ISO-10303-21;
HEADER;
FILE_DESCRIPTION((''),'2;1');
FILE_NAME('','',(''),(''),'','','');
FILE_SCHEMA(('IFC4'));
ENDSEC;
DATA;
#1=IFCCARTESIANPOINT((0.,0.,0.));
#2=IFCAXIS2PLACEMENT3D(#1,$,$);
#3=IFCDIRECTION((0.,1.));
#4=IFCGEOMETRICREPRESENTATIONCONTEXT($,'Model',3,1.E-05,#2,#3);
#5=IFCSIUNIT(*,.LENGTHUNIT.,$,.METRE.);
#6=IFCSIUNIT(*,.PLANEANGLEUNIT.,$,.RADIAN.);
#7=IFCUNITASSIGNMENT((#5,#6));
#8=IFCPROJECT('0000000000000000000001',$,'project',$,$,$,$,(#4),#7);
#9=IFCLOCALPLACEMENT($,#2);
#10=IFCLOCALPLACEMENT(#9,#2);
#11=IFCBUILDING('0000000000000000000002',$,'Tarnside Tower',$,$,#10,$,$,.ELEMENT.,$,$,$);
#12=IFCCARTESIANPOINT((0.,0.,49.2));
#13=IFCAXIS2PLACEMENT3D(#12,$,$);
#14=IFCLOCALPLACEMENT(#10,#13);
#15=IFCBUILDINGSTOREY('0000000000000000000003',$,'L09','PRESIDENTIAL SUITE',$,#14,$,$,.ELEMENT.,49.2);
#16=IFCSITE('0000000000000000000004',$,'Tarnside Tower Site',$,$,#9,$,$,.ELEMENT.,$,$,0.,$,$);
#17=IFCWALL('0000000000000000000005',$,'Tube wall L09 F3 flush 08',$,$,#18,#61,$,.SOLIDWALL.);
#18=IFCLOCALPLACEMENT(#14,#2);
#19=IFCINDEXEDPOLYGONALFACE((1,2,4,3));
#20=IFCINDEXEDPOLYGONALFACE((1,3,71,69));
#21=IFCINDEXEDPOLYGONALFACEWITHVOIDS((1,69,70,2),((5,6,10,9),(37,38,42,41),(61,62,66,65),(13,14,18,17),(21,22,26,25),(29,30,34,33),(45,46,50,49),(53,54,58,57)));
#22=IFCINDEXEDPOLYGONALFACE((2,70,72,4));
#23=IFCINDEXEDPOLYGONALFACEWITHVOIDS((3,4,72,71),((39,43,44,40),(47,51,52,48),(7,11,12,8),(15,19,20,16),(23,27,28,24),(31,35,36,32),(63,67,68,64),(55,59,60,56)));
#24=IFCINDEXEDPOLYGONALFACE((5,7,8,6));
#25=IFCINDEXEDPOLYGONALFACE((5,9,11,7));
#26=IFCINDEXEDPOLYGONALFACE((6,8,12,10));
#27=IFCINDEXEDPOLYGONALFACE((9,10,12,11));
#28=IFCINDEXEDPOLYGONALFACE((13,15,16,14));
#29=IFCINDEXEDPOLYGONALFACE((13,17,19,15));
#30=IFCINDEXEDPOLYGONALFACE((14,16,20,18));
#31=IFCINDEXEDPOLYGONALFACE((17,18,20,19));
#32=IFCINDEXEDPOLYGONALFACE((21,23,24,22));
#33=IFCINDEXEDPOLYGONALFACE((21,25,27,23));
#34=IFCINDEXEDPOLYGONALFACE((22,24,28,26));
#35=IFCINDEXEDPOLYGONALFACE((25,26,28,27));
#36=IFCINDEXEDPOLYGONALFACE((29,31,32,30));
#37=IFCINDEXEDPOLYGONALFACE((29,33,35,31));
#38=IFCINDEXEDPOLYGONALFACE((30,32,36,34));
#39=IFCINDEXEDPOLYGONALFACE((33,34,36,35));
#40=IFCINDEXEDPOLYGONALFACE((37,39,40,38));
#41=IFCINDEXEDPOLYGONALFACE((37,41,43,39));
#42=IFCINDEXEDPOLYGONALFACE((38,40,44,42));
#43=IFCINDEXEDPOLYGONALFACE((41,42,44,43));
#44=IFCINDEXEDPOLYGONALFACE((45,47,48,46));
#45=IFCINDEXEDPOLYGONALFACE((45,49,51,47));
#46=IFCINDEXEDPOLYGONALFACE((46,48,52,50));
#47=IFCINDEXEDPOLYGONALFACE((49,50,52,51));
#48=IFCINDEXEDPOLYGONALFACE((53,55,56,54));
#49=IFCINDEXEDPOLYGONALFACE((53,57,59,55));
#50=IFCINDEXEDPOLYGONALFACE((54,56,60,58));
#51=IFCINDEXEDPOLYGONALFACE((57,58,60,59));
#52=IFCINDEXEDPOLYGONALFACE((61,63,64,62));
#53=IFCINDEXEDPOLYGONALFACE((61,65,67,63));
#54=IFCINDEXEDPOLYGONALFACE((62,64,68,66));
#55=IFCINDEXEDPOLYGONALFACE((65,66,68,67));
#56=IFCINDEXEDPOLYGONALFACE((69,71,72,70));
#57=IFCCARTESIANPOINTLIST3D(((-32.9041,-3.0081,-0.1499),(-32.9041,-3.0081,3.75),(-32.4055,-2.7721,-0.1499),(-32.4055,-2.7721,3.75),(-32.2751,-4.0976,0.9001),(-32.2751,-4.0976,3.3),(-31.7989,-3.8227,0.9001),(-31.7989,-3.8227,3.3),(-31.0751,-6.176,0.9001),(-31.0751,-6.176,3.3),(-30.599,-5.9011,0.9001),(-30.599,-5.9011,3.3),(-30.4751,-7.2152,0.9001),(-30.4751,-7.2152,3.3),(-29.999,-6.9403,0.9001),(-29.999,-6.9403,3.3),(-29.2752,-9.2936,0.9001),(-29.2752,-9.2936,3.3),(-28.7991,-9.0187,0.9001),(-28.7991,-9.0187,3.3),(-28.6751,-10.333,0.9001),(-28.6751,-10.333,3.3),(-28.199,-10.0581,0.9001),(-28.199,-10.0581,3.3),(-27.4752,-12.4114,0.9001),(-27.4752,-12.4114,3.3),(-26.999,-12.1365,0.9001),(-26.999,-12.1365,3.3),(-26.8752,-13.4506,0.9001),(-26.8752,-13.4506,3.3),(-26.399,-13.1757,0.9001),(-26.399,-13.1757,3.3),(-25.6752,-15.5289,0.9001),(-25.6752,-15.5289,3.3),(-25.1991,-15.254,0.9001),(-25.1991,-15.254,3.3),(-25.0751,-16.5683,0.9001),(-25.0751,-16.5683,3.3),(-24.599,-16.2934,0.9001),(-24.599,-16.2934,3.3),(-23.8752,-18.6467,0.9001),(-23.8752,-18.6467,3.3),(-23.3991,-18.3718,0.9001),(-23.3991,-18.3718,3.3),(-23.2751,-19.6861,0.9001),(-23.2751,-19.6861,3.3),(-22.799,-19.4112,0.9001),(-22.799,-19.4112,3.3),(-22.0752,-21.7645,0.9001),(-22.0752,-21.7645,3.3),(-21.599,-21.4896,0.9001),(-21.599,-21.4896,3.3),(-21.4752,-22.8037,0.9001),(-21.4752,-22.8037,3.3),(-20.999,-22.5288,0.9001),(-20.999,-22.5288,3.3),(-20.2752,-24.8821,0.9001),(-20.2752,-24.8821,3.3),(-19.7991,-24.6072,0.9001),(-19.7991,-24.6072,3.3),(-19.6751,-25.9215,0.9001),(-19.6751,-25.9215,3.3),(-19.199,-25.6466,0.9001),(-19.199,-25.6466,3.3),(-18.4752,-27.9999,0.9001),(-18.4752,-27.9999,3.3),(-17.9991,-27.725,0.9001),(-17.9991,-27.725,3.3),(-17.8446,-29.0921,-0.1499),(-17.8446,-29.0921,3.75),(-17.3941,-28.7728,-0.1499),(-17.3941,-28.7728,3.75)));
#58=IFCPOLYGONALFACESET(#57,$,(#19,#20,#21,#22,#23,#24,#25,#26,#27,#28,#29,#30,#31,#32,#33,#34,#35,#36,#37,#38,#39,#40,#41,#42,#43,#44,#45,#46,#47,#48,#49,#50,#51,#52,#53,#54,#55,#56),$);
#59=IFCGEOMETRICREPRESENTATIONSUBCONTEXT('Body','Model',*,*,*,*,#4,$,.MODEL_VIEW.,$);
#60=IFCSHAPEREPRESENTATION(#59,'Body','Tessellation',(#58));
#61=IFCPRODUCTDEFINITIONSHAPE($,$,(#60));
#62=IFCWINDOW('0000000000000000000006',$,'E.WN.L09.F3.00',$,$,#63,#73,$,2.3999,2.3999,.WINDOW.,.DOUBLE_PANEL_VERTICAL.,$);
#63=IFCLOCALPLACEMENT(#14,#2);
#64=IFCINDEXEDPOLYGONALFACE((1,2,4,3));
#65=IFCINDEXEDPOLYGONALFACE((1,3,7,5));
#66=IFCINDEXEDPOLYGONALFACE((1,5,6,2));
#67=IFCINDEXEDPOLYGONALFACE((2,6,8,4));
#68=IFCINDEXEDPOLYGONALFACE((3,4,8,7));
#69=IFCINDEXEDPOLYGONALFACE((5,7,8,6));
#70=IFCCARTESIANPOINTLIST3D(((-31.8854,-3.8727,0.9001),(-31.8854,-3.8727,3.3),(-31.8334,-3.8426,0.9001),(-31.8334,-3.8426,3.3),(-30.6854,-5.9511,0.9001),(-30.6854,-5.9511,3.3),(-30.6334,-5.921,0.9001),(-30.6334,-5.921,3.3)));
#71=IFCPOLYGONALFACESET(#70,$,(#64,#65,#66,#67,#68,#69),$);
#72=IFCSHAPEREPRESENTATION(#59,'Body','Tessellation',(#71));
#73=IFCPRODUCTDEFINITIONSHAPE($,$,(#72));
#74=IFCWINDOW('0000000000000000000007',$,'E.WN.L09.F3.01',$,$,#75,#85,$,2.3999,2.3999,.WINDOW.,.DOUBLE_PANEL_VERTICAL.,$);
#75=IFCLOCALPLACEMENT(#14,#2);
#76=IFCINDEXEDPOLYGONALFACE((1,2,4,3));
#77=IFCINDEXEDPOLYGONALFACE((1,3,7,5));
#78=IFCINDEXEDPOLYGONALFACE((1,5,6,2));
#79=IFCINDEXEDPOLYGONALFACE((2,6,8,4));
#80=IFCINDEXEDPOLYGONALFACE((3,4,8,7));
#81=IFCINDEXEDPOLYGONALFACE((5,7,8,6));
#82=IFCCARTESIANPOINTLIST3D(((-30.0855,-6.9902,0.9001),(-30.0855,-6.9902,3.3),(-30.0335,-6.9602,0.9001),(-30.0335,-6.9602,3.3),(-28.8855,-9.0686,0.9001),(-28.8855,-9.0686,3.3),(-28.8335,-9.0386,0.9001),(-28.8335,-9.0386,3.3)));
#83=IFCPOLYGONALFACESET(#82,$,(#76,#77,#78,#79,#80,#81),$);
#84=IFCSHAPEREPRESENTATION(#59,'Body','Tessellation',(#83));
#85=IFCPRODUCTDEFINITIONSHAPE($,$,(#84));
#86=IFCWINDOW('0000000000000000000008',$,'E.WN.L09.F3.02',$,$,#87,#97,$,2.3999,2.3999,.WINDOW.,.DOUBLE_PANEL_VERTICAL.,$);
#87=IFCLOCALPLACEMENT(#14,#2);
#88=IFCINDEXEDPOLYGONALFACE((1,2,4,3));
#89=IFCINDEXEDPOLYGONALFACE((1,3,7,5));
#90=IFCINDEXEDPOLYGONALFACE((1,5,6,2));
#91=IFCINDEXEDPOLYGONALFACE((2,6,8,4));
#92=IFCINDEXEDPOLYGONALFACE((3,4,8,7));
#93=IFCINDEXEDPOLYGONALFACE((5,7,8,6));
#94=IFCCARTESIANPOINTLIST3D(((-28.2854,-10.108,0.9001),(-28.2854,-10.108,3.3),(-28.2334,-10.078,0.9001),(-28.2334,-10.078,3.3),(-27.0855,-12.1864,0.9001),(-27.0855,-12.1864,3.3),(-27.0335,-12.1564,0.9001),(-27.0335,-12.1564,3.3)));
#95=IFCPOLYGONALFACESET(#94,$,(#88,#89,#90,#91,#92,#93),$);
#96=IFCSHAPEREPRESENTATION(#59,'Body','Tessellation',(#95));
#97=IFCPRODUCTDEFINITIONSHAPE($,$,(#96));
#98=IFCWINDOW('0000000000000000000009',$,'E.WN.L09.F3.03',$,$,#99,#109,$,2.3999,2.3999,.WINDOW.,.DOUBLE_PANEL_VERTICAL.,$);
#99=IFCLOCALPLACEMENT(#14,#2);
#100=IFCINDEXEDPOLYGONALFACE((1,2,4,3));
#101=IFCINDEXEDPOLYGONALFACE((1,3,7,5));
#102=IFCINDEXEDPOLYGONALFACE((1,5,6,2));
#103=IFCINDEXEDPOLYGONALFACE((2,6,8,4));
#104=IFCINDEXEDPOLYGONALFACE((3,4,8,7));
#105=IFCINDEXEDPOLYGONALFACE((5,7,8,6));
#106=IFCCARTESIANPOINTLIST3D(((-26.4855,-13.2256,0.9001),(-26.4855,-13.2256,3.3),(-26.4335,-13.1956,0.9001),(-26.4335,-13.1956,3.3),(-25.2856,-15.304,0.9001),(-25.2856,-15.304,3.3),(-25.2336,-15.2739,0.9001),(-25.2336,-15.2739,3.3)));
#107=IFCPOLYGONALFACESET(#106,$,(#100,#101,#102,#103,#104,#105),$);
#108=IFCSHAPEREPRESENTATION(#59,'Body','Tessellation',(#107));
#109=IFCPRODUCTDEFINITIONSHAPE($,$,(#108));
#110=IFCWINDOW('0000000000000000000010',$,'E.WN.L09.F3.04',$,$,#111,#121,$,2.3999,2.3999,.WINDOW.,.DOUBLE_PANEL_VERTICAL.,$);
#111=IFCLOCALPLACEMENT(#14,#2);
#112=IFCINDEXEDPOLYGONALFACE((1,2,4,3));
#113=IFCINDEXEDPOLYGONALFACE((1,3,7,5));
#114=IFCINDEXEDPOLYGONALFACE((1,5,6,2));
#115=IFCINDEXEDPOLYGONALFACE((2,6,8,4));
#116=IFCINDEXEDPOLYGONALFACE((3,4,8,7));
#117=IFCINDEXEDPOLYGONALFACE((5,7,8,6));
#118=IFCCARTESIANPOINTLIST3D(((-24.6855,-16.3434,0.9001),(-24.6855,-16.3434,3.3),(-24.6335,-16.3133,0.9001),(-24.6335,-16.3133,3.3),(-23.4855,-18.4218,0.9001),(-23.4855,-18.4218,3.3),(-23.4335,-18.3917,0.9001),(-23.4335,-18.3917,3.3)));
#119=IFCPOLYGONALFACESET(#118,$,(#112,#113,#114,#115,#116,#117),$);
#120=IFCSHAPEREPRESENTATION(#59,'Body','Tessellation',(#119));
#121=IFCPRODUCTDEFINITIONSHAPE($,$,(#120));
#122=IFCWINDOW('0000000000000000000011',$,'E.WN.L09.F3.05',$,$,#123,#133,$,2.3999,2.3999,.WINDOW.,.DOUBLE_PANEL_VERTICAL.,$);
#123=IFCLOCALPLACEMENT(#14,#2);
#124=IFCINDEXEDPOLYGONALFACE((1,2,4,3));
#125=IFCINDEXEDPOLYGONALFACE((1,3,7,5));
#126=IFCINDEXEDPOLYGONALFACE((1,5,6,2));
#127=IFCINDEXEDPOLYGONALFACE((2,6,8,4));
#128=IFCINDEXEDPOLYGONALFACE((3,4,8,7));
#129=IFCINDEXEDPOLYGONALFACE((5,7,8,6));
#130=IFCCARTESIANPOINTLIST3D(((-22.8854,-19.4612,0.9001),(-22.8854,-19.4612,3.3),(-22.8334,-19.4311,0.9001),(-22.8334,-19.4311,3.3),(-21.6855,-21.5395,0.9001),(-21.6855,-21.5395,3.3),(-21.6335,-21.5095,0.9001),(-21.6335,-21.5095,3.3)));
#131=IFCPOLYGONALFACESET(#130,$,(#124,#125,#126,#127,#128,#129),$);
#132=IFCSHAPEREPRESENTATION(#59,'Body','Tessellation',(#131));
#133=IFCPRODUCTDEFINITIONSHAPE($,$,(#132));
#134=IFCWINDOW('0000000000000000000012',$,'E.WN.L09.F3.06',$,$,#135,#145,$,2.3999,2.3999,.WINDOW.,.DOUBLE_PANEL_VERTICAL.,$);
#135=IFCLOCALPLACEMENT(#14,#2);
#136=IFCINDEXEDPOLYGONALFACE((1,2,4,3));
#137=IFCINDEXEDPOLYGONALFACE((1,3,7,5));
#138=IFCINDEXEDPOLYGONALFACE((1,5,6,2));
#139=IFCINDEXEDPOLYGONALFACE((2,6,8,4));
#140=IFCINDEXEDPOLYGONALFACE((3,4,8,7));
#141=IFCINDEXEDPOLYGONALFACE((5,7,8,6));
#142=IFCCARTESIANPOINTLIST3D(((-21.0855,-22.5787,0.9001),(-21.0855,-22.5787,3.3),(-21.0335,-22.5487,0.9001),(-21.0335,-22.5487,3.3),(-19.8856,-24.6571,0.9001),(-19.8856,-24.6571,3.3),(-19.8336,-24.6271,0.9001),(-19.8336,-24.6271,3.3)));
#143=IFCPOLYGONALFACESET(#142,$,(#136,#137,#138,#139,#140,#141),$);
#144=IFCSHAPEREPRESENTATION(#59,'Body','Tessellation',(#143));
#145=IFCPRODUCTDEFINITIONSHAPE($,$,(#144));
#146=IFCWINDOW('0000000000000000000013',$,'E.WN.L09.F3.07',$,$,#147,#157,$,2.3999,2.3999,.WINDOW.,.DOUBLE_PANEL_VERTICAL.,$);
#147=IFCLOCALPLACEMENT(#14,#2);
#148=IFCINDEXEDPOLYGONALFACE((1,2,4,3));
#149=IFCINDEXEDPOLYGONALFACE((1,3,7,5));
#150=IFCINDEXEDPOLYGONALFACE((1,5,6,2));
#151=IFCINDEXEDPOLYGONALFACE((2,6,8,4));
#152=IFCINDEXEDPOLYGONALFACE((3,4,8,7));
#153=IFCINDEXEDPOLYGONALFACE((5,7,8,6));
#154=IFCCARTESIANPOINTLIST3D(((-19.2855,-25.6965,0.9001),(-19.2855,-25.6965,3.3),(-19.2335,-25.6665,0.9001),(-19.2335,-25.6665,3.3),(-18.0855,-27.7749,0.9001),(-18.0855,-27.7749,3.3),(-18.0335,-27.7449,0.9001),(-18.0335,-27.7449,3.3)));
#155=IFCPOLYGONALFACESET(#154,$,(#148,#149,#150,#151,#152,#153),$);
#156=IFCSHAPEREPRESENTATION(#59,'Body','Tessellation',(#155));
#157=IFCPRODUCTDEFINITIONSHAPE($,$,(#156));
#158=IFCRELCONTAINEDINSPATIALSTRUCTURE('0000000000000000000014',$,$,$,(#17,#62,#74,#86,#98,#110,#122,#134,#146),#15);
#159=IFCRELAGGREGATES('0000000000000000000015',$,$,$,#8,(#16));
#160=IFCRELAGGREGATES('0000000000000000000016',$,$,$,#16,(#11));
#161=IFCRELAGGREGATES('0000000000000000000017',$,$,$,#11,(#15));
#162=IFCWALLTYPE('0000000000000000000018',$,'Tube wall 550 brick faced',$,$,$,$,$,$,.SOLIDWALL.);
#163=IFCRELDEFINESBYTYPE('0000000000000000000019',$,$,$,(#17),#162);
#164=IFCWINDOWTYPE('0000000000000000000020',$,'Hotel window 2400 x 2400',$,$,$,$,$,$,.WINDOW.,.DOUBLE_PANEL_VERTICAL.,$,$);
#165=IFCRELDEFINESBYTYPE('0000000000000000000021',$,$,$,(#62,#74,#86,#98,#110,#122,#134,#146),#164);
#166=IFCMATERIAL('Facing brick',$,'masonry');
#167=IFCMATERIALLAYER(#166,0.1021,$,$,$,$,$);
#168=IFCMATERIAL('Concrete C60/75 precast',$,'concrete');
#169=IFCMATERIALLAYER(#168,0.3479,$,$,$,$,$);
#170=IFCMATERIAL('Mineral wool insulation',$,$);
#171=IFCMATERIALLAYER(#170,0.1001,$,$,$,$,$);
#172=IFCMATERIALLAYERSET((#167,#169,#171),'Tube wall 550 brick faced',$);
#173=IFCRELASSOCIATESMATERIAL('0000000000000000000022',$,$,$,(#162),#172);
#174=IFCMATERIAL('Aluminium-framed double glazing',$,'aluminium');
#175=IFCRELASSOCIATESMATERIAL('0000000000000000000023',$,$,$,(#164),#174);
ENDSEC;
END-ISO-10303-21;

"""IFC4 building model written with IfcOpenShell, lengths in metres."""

from ifc_helpers import new_model, si_unit, direction, frame, frame_2d, origin, place, context, subcontext, project, spatial, polyline, rectangle, outline, extrude, material, layer, layer_set, type_object, element, fill, save


model = new_model("IFC4")

# Units and contexts
model_context = context("Model", 3, precision=1e-05, world=origin(), true_north=direction((0.0, 1.0)))
body_context = subcontext(model_context, "Body", "Model", "MODEL_VIEW")
ifc_project = project(units=[si_unit("LENGTHUNIT", "METRE"), si_unit("PLANEANGLEUNIT", "RADIAN")], contexts=[model_context])

# Site, building, storey
site_placement = place(None, origin())
site = spatial("IfcSite", under=ifc_project, at=site_placement, Name="Tarnside Tower Site", CompositionType="ELEMENT", RefElevation=0.0)
building_placement = place(site_placement, origin())
building = spatial("IfcBuilding", under=site, at=building_placement, Name="Tarnside Tower", CompositionType="ELEMENT")
storey_placement = place(building_placement, frame((0.0, 0.0, 49.2)))
storey = spatial("IfcBuildingStorey", under=building, at=storey_placement, Name="L09", Description="PRESIDENTIAL SUITE", CompositionType="ELEMENT", Elevation=49.2)

# Shared definitions
ifc_material_1 = material(Name="Facing brick", Category="masonry")
ifc_layer_1 = layer(ifc_material_1, 0.1021)
ifc_material_2 = material(Name="Concrete C60/75 precast", Category="concrete")
ifc_layer_2 = layer(ifc_material_2, 0.3479)
ifc_material_3 = material(Name="Mineral wool insulation")
ifc_layer_3 = layer(ifc_material_3, 0.1001)
ifc_layer_set_1 = layer_set([ifc_layer_1, ifc_layer_2, ifc_layer_3], Name="Tube wall 550 brick faced")
wall_type = type_object("IfcWallType", Name="Tube wall 550 brick faced", PredefinedType="SOLIDWALL", material=ifc_layer_set_1)

# Wall, openings, windows
wall_1_placement = place(storey_placement, frame((-32.6548, -2.8901, -0.1499), z_axis=(0.0, 0.0, 1.0), x_axis=(0.499998, -0.866027, 0.0)))
wall_1 = element("IfcWall", 1, at=wall_1_placement, inside=storey, type_object=wall_type, Name="Tube wall L09 F3 flush 08", PredefinedType="SOLIDWALL", context=body_context, shape_type="SweptSolid", body=[
    extrude(outline(polyline([(-0.0225, -0.2749), (30.0967, -0.2749), (30.0454, 0.2749), (0.0225, 0.2749), (-0.0225, -0.2749)])), origin(), (0.0, 0.0, 1.0), 3.8999),
])
opening_1_placement = place(wall_1_placement, frame((1.2356, 0.0, 1.05)))
opening_1 = element("IfcOpeningElement", 2, at=opening_1_placement, cuts=wall_1, PredefinedType="OPENING", context=body_context, shape_type="SweptSolid", body=[
    extrude(rectangle(XDim=2.3999, YDim=2.3999, at=frame_2d((1.2, 1.2))), frame((0.0, 0.2852, 0.0), z_axis=(0.0, -1.0, 0.0), x_axis=(1.0, 0.0, 0.0)), (0.0, 0.0, 1.0), 0.5701),
])
opening_2_placement = place(wall_1_placement, frame((4.8354, 0.0, 1.05)))
opening_2 = element("IfcOpeningElement", 3, at=opening_2_placement, cuts=wall_1, PredefinedType="OPENING", context=body_context, shape_type="SweptSolid", body=[
    extrude(rectangle(XDim=2.3999, YDim=2.3999, at=frame_2d((1.2, 1.2))), frame((0.0, 0.2852, 0.0), z_axis=(0.0, -1.0, 0.0), x_axis=(1.0, 0.0, 0.0)), (0.0, 0.0, 1.0), 0.5701),
])
opening_3_placement = place(wall_1_placement, frame((8.4355, 0.0, 1.05)))
opening_3 = element("IfcOpeningElement", 4, at=opening_3_placement, cuts=wall_1, PredefinedType="OPENING", context=body_context, shape_type="SweptSolid", body=[
    extrude(rectangle(XDim=2.3999, YDim=2.3999, at=frame_2d((1.2, 1.2))), frame((0.0, 0.2852, 0.0), z_axis=(0.0, -1.0, 0.0), x_axis=(1.0, 0.0, 0.0)), (0.0, 0.0, 1.0), 0.5701),
])
opening_4_placement = place(wall_1_placement, frame((12.0354, 0.0, 1.05)))
opening_4 = element("IfcOpeningElement", 5, at=opening_4_placement, cuts=wall_1, PredefinedType="OPENING", context=body_context, shape_type="SweptSolid", body=[
    extrude(rectangle(XDim=2.3999, YDim=2.3999, at=frame_2d((1.2, 1.2))), frame((0.0, 0.2852, 0.0), z_axis=(0.0, -1.0, 0.0), x_axis=(1.0, 0.0, 0.0)), (0.0, 0.0, 1.0), 0.5701),
])
opening_5_placement = place(wall_1_placement, frame((15.6355, 0.0, 1.05)))
opening_5 = element("IfcOpeningElement", 6, at=opening_5_placement, cuts=wall_1, PredefinedType="OPENING", context=body_context, shape_type="SweptSolid", body=[
    extrude(rectangle(XDim=2.3999, YDim=2.3999, at=frame_2d((1.2, 1.2))), frame((0.0, 0.2852, 0.0), z_axis=(0.0, -1.0, 0.0), x_axis=(1.0, 0.0, 0.0)), (0.0, 0.0, 1.0), 0.5701),
])
opening_6_placement = place(wall_1_placement, frame((19.2356, 0.0, 1.05)))
opening_6 = element("IfcOpeningElement", 7, at=opening_6_placement, cuts=wall_1, PredefinedType="OPENING", context=body_context, shape_type="SweptSolid", body=[
    extrude(rectangle(XDim=2.3999, YDim=2.3999, at=frame_2d((1.2, 1.2))), frame((0.0, 0.2852, 0.0), z_axis=(0.0, -1.0, 0.0), x_axis=(1.0, 0.0, 0.0)), (0.0, 0.0, 1.0), 0.5701),
])
opening_7_placement = place(wall_1_placement, frame((22.8354, 0.0, 1.05)))
opening_7 = element("IfcOpeningElement", 8, at=opening_7_placement, cuts=wall_1, PredefinedType="OPENING", context=body_context, shape_type="SweptSolid", body=[
    extrude(rectangle(XDim=2.3999, YDim=2.3999, at=frame_2d((1.2, 1.2))), frame((0.0, 0.2852, 0.0), z_axis=(0.0, -1.0, 0.0), x_axis=(1.0, 0.0, 0.0)), (0.0, 0.0, 1.0), 0.5701),
])
opening_8_placement = place(wall_1_placement, frame((26.4355, 0.0, 1.05)))
opening_8 = element("IfcOpeningElement", 9, at=opening_8_placement, cuts=wall_1, PredefinedType="OPENING", context=body_context, shape_type="SweptSolid", body=[
    extrude(rectangle(XDim=2.3999, YDim=2.3999, at=frame_2d((1.2, 1.2))), frame((0.0, 0.2852, 0.0), z_axis=(0.0, -1.0, 0.0), x_axis=(1.0, 0.0, 0.0)), (0.0, 0.0, 1.0), 0.5701),
])
ifc_material_4 = material(Name="Aluminium-framed double glazing", Category="aluminium")
window_type = type_object("IfcWindowType", Name="Hotel window 2400 x 2400", PartitioningType="DOUBLE_PANEL_VERTICAL", PredefinedType="WINDOW", material=ifc_material_4)
window_1_placement = place(opening_1_placement, frame((0.0, 0.2051, 0.0)))
window_1 = element("IfcWindow", 10, at=window_1_placement, inside=storey, type_object=window_type, Name="E.WN.L09.F3.00", OverallHeight=2.3999, OverallWidth=2.3999, PartitioningType="DOUBLE_PANEL_VERTICAL", PredefinedType="WINDOW", context=body_context, shape_type="SweptSolid", body=[
    extrude(rectangle(XDim=2.3999, YDim=2.3999, at=frame_2d((1.2, 1.2))), frame((0.0, 0.03, 0.0), z_axis=(0.0, -1.0, 0.0), x_axis=(1.0, 0.0, 0.0)), (0.0, 0.0, 1.0), 0.0601),
])
fill(opening_1, window_1)
window_2_placement = place(opening_2_placement, frame((0.0, 0.2051, 0.0)))
window_2 = element("IfcWindow", 11, at=window_2_placement, inside=storey, type_object=window_type, Name="E.WN.L09.F3.01", OverallHeight=2.3999, OverallWidth=2.3999, PartitioningType="DOUBLE_PANEL_VERTICAL", PredefinedType="WINDOW", context=body_context, shape_type="SweptSolid", body=[
    extrude(rectangle(XDim=2.3999, YDim=2.3999, at=frame_2d((1.2, 1.2))), frame((0.0, 0.03, 0.0), z_axis=(0.0, -1.0, 0.0), x_axis=(1.0, 0.0, 0.0)), (0.0, 0.0, 1.0), 0.0601),
])
fill(opening_2, window_2)
window_3_placement = place(opening_3_placement, frame((0.0, 0.2051, 0.0)))
window_3 = element("IfcWindow", 12, at=window_3_placement, inside=storey, type_object=window_type, Name="E.WN.L09.F3.02", OverallHeight=2.3999, OverallWidth=2.3999, PartitioningType="DOUBLE_PANEL_VERTICAL", PredefinedType="WINDOW", context=body_context, shape_type="SweptSolid", body=[
    extrude(rectangle(XDim=2.3999, YDim=2.3999, at=frame_2d((1.2, 1.2))), frame((0.0, 0.03, 0.0), z_axis=(0.0, -1.0, 0.0), x_axis=(1.0, 0.0, 0.0)), (0.0, 0.0, 1.0), 0.0601),
])
fill(opening_3, window_3)
window_4_placement = place(opening_4_placement, frame((0.0, 0.2051, 0.0)))
window_4 = element("IfcWindow", 13, at=window_4_placement, inside=storey, type_object=window_type, Name="E.WN.L09.F3.03", OverallHeight=2.3999, OverallWidth=2.3999, PartitioningType="DOUBLE_PANEL_VERTICAL", PredefinedType="WINDOW", context=body_context, shape_type="SweptSolid", body=[
    extrude(rectangle(XDim=2.3999, YDim=2.3999, at=frame_2d((1.2, 1.2))), frame((0.0, 0.03, 0.0), z_axis=(0.0, -1.0, 0.0), x_axis=(1.0, 0.0, 0.0)), (0.0, 0.0, 1.0), 0.0601),
])
fill(opening_4, window_4)
window_5_placement = place(opening_5_placement, frame((0.0, 0.2051, 0.0)))
window_5 = element("IfcWindow", 14, at=window_5_placement, inside=storey, type_object=window_type, Name="E.WN.L09.F3.04", OverallHeight=2.3999, OverallWidth=2.3999, PartitioningType="DOUBLE_PANEL_VERTICAL", PredefinedType="WINDOW", context=body_context, shape_type="SweptSolid", body=[
    extrude(rectangle(XDim=2.3999, YDim=2.3999, at=frame_2d((1.2, 1.2))), frame((0.0, 0.03, 0.0), z_axis=(0.0, -1.0, 0.0), x_axis=(1.0, 0.0, 0.0)), (0.0, 0.0, 1.0), 0.0601),
])
fill(opening_5, window_5)
window_6_placement = place(opening_6_placement, frame((0.0, 0.2051, 0.0)))
window_6 = element("IfcWindow", 15, at=window_6_placement, inside=storey, type_object=window_type, Name="E.WN.L09.F3.05", OverallHeight=2.3999, OverallWidth=2.3999, PartitioningType="DOUBLE_PANEL_VERTICAL", PredefinedType="WINDOW", context=body_context, shape_type="SweptSolid", body=[
    extrude(rectangle(XDim=2.3999, YDim=2.3999, at=frame_2d((1.2, 1.2))), frame((0.0, 0.03, 0.0), z_axis=(0.0, -1.0, 0.0), x_axis=(1.0, 0.0, 0.0)), (0.0, 0.0, 1.0), 0.0601),
])
fill(opening_6, window_6)
window_7_placement = place(opening_7_placement, frame((0.0, 0.2051, 0.0)))
window_7 = element("IfcWindow", 16, at=window_7_placement, inside=storey, type_object=window_type, Name="E.WN.L09.F3.06", OverallHeight=2.3999, OverallWidth=2.3999, PartitioningType="DOUBLE_PANEL_VERTICAL", PredefinedType="WINDOW", context=body_context, shape_type="SweptSolid", body=[
    extrude(rectangle(XDim=2.3999, YDim=2.3999, at=frame_2d((1.2, 1.2))), frame((0.0, 0.03, 0.0), z_axis=(0.0, -1.0, 0.0), x_axis=(1.0, 0.0, 0.0)), (0.0, 0.0, 1.0), 0.0601),
])
fill(opening_7, window_7)
window_8_placement = place(opening_8_placement, frame((0.0, 0.2051, 0.0)))
window_8 = element("IfcWindow", 17, at=window_8_placement, inside=storey, type_object=window_type, Name="E.WN.L09.F3.07", OverallHeight=2.3999, OverallWidth=2.3999, PartitioningType="DOUBLE_PANEL_VERTICAL", PredefinedType="WINDOW", context=body_context, shape_type="SweptSolid", body=[
    extrude(rectangle(XDim=2.3999, YDim=2.3999, at=frame_2d((1.2, 1.2))), frame((0.0, 0.03, 0.0), z_axis=(0.0, -1.0, 0.0), x_axis=(1.0, 0.0, 0.0)), (0.0, 0.0, 1.0), 0.0601),
])
fill(opening_8, window_8)

save(model, "model.ifc")
